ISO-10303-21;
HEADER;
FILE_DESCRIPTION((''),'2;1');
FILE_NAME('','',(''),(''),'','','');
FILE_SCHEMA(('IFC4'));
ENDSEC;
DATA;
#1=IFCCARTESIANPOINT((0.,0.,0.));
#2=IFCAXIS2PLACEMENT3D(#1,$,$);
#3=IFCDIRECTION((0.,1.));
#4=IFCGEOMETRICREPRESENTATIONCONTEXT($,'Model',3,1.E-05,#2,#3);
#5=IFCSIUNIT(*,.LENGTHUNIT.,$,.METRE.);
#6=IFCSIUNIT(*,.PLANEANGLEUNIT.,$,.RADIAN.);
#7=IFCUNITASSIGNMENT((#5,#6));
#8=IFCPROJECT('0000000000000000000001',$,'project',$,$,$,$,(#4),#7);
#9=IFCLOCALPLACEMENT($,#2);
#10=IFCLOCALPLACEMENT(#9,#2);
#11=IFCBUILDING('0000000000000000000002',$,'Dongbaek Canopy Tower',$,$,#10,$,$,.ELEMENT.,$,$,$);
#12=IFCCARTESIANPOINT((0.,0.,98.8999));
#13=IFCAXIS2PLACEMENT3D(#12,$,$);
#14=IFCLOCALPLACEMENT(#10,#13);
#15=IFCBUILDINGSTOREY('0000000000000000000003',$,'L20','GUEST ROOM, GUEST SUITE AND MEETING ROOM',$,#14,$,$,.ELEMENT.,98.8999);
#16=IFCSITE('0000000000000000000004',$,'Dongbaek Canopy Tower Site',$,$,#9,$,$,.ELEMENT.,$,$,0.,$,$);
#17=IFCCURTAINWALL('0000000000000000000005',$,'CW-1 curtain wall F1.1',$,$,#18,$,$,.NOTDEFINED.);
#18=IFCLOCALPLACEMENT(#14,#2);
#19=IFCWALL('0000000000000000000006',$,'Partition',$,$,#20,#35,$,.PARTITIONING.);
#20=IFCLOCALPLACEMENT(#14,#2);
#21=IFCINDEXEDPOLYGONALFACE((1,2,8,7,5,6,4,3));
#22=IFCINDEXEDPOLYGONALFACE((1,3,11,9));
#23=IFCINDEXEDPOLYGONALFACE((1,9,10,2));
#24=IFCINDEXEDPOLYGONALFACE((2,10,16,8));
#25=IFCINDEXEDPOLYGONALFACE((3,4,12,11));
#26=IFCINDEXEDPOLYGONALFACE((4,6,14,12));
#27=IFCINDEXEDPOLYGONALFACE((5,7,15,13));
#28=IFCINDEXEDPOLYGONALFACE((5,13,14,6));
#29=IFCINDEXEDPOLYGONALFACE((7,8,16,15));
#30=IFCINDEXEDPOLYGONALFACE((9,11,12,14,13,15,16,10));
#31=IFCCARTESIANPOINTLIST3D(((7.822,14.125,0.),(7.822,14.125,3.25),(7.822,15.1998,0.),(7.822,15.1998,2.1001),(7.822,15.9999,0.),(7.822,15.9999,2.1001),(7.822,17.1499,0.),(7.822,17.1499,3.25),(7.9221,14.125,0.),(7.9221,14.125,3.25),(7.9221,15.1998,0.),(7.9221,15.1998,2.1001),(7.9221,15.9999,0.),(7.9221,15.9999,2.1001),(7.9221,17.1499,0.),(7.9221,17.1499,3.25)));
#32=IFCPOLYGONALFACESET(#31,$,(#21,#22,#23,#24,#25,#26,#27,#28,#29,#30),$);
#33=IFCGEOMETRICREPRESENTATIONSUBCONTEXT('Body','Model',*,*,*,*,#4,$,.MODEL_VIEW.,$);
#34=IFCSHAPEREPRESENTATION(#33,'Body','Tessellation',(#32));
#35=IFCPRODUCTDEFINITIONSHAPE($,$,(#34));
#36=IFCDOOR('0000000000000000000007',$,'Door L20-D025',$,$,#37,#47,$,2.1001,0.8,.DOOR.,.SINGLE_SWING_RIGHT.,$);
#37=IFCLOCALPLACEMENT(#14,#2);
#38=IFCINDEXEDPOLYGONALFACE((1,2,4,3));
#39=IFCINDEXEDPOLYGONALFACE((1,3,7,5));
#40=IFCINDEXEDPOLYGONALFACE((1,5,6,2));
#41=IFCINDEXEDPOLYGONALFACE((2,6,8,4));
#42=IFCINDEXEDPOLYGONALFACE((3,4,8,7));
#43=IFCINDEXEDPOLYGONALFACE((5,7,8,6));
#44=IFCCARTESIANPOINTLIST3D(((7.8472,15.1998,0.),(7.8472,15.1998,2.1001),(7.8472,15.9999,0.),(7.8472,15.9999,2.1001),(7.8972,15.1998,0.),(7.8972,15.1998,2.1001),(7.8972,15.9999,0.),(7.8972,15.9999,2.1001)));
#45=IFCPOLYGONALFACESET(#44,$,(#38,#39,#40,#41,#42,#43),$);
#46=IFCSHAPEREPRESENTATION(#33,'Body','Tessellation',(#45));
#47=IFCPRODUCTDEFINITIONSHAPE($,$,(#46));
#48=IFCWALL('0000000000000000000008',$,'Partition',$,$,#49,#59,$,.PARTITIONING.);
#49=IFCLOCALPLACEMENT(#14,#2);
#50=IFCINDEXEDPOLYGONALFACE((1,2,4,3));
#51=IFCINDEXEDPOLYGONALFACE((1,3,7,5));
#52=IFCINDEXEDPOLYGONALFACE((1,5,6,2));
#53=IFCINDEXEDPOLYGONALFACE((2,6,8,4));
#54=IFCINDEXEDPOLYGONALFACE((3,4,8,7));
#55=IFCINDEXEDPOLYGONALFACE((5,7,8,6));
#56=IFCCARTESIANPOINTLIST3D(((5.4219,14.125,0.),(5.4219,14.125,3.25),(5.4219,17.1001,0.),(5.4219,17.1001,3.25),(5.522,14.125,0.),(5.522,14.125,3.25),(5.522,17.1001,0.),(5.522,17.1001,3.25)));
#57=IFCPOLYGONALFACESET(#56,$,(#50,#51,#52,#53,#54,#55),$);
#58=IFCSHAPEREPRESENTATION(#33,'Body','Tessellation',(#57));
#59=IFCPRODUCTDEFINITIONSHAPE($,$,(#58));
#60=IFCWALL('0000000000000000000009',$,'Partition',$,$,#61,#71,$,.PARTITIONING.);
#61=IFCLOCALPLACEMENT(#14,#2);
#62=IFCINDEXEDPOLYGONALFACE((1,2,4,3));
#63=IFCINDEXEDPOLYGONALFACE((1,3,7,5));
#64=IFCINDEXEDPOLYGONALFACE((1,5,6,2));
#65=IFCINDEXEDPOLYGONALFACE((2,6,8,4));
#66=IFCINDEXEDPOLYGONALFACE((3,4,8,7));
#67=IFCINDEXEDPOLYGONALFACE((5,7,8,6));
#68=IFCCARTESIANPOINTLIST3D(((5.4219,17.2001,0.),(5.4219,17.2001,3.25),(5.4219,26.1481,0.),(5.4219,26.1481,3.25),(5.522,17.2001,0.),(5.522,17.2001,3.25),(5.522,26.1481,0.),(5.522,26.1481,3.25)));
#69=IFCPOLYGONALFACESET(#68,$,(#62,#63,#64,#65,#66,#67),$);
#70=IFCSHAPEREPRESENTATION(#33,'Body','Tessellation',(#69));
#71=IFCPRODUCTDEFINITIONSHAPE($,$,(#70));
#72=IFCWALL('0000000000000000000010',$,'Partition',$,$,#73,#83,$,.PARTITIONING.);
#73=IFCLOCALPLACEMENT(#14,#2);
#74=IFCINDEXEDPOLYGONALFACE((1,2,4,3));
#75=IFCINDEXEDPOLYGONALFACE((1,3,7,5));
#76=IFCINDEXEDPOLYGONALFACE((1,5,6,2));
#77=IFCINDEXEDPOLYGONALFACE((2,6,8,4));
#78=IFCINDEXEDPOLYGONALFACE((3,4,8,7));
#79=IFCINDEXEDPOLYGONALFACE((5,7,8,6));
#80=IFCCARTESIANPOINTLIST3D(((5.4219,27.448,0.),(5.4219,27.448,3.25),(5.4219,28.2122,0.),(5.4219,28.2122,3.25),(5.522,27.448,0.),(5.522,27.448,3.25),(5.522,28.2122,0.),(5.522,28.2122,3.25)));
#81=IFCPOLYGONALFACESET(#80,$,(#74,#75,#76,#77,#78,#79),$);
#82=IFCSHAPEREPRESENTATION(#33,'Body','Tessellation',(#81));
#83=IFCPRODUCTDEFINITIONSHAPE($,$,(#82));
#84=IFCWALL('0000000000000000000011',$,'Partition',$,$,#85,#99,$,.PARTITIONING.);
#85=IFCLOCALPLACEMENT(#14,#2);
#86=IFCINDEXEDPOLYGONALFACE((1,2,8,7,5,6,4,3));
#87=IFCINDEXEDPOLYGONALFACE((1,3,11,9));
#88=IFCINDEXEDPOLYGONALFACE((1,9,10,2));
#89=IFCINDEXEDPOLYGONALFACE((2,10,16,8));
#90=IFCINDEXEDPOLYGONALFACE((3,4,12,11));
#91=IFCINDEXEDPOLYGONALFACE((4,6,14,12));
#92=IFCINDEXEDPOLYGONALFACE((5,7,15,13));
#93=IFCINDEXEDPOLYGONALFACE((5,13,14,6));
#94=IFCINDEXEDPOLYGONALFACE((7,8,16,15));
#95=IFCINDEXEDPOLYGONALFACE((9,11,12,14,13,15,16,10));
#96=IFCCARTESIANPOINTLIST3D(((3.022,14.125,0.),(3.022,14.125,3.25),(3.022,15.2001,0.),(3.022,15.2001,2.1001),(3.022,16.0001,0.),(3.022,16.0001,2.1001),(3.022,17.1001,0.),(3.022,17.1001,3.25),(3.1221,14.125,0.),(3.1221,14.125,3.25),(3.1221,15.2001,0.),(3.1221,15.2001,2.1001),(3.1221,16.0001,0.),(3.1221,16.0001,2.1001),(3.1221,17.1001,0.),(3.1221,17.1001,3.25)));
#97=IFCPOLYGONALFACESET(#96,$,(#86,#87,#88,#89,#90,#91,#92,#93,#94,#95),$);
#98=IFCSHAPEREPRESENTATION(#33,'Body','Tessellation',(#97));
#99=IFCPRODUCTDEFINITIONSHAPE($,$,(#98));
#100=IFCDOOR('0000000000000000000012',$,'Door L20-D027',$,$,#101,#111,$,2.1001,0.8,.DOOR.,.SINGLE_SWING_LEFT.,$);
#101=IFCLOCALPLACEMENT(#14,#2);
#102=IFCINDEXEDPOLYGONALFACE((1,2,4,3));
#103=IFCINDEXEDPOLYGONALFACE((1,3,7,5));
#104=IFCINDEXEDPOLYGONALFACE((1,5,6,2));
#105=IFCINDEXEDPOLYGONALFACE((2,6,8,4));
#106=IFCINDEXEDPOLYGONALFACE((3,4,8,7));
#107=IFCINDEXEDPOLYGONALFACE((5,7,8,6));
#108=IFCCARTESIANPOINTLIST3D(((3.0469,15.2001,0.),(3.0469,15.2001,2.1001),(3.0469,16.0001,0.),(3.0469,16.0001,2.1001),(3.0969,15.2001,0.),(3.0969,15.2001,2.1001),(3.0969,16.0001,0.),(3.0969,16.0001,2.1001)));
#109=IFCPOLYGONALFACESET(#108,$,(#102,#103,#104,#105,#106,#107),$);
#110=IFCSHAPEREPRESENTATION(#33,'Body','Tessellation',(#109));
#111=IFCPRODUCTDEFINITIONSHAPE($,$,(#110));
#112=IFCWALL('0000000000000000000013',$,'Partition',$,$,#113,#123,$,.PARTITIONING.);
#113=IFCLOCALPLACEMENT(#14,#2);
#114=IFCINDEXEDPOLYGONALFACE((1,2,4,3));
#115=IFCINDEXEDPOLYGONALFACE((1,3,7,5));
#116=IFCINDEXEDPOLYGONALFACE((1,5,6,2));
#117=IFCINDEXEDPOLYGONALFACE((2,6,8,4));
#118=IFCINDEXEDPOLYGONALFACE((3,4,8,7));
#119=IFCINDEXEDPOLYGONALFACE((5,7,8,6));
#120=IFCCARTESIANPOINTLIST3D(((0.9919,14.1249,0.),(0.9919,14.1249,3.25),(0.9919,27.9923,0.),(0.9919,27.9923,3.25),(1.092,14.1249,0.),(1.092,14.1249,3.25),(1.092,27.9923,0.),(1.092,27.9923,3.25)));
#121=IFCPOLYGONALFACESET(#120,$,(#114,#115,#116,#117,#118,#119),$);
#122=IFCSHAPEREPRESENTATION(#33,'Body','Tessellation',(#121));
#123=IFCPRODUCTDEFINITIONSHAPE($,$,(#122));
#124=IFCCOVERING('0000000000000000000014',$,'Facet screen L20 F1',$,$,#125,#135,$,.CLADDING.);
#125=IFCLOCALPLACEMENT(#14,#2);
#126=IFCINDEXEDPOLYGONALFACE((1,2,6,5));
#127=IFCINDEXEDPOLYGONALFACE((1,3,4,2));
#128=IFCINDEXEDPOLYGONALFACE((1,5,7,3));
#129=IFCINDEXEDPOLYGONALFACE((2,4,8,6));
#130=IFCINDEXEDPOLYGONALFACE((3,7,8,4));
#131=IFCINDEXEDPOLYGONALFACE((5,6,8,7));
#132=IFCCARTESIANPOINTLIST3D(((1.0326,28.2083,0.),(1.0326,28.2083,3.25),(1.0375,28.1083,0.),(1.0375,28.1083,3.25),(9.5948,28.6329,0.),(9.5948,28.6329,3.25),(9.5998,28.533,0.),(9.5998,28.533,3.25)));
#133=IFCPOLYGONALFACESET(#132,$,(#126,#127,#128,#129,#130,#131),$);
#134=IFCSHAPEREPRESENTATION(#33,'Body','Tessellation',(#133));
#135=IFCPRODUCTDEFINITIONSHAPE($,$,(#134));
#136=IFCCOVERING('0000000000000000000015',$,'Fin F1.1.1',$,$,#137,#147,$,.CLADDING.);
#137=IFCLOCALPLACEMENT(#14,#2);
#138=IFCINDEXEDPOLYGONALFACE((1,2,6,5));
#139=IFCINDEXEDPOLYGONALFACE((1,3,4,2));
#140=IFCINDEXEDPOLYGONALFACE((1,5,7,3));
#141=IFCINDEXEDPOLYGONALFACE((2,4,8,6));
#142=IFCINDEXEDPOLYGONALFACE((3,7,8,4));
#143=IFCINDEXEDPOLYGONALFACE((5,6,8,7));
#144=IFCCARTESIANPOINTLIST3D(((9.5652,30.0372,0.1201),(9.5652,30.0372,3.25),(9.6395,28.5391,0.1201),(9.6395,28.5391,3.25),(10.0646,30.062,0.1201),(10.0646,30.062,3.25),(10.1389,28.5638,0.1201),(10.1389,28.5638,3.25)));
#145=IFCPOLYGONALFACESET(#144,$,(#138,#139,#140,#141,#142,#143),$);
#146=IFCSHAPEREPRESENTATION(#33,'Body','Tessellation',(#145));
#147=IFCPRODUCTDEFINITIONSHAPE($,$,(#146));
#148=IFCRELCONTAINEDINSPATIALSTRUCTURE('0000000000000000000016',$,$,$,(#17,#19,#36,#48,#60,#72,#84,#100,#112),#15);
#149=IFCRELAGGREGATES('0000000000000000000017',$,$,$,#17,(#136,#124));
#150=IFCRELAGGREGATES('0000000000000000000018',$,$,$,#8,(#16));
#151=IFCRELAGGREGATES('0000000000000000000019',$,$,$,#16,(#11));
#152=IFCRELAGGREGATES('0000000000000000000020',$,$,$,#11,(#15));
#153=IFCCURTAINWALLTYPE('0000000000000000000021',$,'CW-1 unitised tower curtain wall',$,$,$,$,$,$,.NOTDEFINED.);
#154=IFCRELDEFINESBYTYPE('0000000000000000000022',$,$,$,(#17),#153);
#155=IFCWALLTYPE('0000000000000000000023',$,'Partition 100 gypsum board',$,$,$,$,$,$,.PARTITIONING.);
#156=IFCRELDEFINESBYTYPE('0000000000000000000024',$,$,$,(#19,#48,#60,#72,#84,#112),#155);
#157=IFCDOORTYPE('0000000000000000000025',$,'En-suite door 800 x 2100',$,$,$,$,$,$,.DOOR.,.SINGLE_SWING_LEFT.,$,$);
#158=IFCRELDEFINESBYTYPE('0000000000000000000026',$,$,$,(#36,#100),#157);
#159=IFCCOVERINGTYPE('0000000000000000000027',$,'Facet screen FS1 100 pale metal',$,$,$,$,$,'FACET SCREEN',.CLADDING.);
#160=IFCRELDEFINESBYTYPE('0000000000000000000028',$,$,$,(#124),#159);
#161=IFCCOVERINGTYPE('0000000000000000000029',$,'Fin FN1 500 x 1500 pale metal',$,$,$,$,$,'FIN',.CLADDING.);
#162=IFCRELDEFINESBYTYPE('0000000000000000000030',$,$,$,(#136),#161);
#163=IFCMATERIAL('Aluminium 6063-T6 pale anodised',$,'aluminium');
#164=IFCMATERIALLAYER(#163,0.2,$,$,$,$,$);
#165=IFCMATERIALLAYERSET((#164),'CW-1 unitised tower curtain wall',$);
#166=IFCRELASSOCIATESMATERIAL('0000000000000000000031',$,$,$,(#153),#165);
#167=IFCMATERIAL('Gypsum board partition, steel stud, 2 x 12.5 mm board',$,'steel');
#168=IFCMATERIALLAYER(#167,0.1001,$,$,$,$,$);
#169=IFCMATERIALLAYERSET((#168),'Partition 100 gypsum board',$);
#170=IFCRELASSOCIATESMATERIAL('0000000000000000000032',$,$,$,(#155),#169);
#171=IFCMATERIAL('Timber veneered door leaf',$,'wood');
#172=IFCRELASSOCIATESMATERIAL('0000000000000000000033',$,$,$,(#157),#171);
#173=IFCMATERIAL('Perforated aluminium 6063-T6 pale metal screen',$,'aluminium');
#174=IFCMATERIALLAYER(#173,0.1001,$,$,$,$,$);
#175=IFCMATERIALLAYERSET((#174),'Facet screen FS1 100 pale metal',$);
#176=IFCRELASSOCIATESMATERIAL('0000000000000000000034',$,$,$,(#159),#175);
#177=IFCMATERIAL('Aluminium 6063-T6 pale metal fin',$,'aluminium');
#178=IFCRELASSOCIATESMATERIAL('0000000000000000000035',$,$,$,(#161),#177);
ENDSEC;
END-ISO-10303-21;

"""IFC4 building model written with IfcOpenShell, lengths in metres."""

from ifc_helpers import new_model, si_unit, direction, frame, frame_2d, origin, origin_2d, place, context, subcontext, project, spatial, rectangle, extrude, material, layer, layer_set, material_profile, profile_set, type_object, element, fill, aggregate, save


model = new_model("IFC4")

# Units and contexts
model_context = context("Model", 3, precision=1e-05, world=origin(), true_north=direction((0.0, 1.0)))
body_context = subcontext(model_context, "Body", "Model", "MODEL_VIEW")
ifc_project = project(units=[si_unit("LENGTHUNIT", "METRE"), si_unit("PLANEANGLEUNIT", "RADIAN")], contexts=[model_context])

# Site, building, storey
site_placement = place(None, origin())
site = spatial("IfcSite", under=ifc_project, at=site_placement, Name="Dongbaek Canopy Tower Site", CompositionType="ELEMENT", RefElevation=0.0)
building_placement = place(site_placement, origin())
building = spatial("IfcBuilding", under=site, at=building_placement, Name="Dongbaek Canopy Tower", CompositionType="ELEMENT")
storey_placement = place(building_placement, frame((0.0, 0.0, 98.8999)))
storey = spatial("IfcBuildingStorey", under=building, at=storey_placement, Name="L20", Description="GUEST ROOM, GUEST SUITE AND MEETING ROOM", CompositionType="ELEMENT", Elevation=98.8999)

# Curtain wall
ifc_material_1 = material(Name="Aluminium 6063-T6 pale anodised", Category="aluminium")
ifc_layer_1 = layer(ifc_material_1, 0.2)
ifc_layer_set_1 = layer_set([ifc_layer_1], Name="CW-1 unitised tower curtain wall")
curtain_wall_type = type_object("IfcCurtainWallType", Name="CW-1 unitised tower curtain wall", PredefinedType="NOTDEFINED", material=ifc_layer_set_1)
curtain_wall_1_placement = place(storey_placement, origin())
curtain_wall_1 = element("IfcCurtainWall", 1, at=curtain_wall_1_placement, inside=storey, type_object=curtain_wall_type, Name="CW-1 curtain wall F1.1", PredefinedType="NOTDEFINED")

# Shared definitions
ifc_material_2 = material(Name="Gypsum board partition, steel stud, 2 x 12.5 mm board", Category="steel")
ifc_layer_2 = layer(ifc_material_2, 0.1001)
ifc_layer_set_2 = layer_set([ifc_layer_2], Name="Partition 100 gypsum board")
wall_type_1 = type_object("IfcWallType", Name="Partition 100 gypsum board", PredefinedType="PARTITIONING", material=ifc_layer_set_2)

# Wall, opening, door
wall_1_placement = place(storey_placement, frame((7.8721, 14.125, 0.0), z_axis=(0.0, 0.0, 1.0), x_axis=(0.0, 1.0, 0.0)))
wall_1 = element("IfcWall", 2, at=wall_1_placement, inside=storey, type_object=wall_type_1, Name="Partition", PredefinedType="PARTITIONING", context=body_context, shape_type="SweptSolid", body=[
    extrude(rectangle(XDim=3.0249, YDim=0.1001, at=frame_2d((1.5125, 0.0))), origin(), (0.0, 0.0, 1.0), 3.25),
])
opening_1_placement = place(wall_1_placement, frame((1.075, 0.0, 0.0)))
opening_1 = element("IfcOpeningElement", 3, at=opening_1_placement, cuts=wall_1, PredefinedType="OPENING", context=body_context, shape_type="SweptSolid", body=[
    extrude(rectangle(XDim=0.8, YDim=2.1001, at=frame_2d((0.3999, 1.05))), frame((0.0, 0.0601, 0.0), z_axis=(0.0, -1.0, 0.0), x_axis=(1.0, 0.0, 0.0)), (0.0, 0.0, 1.0), 0.1201),
])
ifc_material_3 = material(Name="Timber veneered door leaf", Category="wood")
door_type_1 = type_object("IfcDoorType", Name="En-suite door 800 x 2100", OperationType="SINGLE_SWING_LEFT", PredefinedType="DOOR", material=ifc_material_3)
door_1_placement = place(opening_1_placement, origin())
door_1 = element("IfcDoor", 4, at=door_1_placement, inside=storey, type_object=door_type_1, Name="Door L20-D025", OperationType="SINGLE_SWING_RIGHT", OverallHeight=2.1001, OverallWidth=0.8, PredefinedType="DOOR", context=body_context, shape_type="SweptSolid", body=[
    extrude(rectangle(XDim=0.8, YDim=2.1001, at=frame_2d((0.3999, 1.05))), frame((0.0, 0.0249, 0.0), z_axis=(0.0, -1.0, 0.0), x_axis=(1.0, 0.0, 0.0)), (0.0, 0.0, 1.0), 0.05),
])
fill(opening_1, door_1)

# Walls
wall_2_placement = place(storey_placement, frame((5.4719, 14.125, 0.0), z_axis=(0.0, 0.0, 1.0), x_axis=(0.0, 1.0, 0.0)))
element("IfcWall", 5, at=wall_2_placement, inside=storey, type_object=wall_type_1, Name="Partition", PredefinedType="PARTITIONING", context=body_context, shape_type="SweptSolid", body=[
    extrude(rectangle(XDim=2.9751, YDim=0.1001, at=frame_2d((1.4875, 0.0))), origin(), (0.0, 0.0, 1.0), 3.25),
])
wall_3_placement = place(storey_placement, frame((5.4719, 17.2, 0.0), z_axis=(0.0, 0.0, 1.0), x_axis=(0.0, 1.0, 0.0)))
element("IfcWall", 6, at=wall_3_placement, inside=storey, type_object=wall_type_1, Name="Partition", PredefinedType="PARTITIONING", context=body_context, shape_type="SweptSolid", body=[
    extrude(rectangle(XDim=8.948, YDim=0.1001, at=frame_2d((4.4741, 0.0))), origin(), (0.0, 0.0, 1.0), 3.25),
])
wall_4_placement = place(storey_placement, frame((5.4719, 27.448, 0.0), z_axis=(0.0, 0.0, 1.0), x_axis=(0.0, 1.0, 0.0)))
element("IfcWall", 7, at=wall_4_placement, inside=storey, type_object=wall_type_1, Name="Partition", PredefinedType="PARTITIONING", context=body_context, shape_type="SweptSolid", body=[
    extrude(rectangle(XDim=0.7642, YDim=0.1001, at=frame_2d((0.3821, 0.0))), origin(), (0.0, 0.0, 1.0), 3.25),
])

# Wall, opening, door
wall_5_placement = place(storey_placement, frame((3.072, 17.1001, 0.0), z_axis=(0.0, 0.0, 1.0), x_axis=(0.0, -1.0, 0.0)))
wall_5 = element("IfcWall", 8, at=wall_5_placement, inside=storey, type_object=wall_type_1, Name="Partition", PredefinedType="PARTITIONING", context=body_context, shape_type="SweptSolid", body=[
    extrude(rectangle(XDim=2.9751, YDim=0.1001, at=frame_2d((1.4875, 0.0))), origin(), (0.0, 0.0, 1.0), 3.25),
])
opening_2_placement = place(wall_5_placement, frame((1.1001, 0.0, 0.0)))
opening_2 = element("IfcOpeningElement", 9, at=opening_2_placement, cuts=wall_5, PredefinedType="OPENING", context=body_context, shape_type="SweptSolid", body=[
    extrude(rectangle(XDim=0.8, YDim=2.1001, at=frame_2d((0.3999, 1.05))), frame((0.0, 0.0601, 0.0), z_axis=(0.0, -1.0, 0.0), x_axis=(1.0, 0.0, 0.0)), (0.0, 0.0, 1.0), 0.1201),
])
door_2_placement = place(opening_2_placement, origin())
door_2 = element("IfcDoor", 10, at=door_2_placement, inside=storey, type_object=door_type_1, Name="Door L20-D027", OperationType="SINGLE_SWING_LEFT", OverallHeight=2.1001, OverallWidth=0.8, PredefinedType="DOOR", context=body_context, shape_type="SweptSolid", body=[
    extrude(rectangle(XDim=0.8, YDim=2.1001, at=frame_2d((0.3999, 1.05))), frame((0.0, 0.0249, 0.0), z_axis=(0.0, -1.0, 0.0), x_axis=(1.0, 0.0, 0.0)), (0.0, 0.0, 1.0), 0.05),
])
fill(opening_2, door_2)

# Wall
wall_6_placement = place(storey_placement, frame((1.042, 14.125, 0.0), z_axis=(0.0, 0.0, 1.0), x_axis=(0.0, 1.0, 0.0)))
element("IfcWall", 11, at=wall_6_placement, inside=storey, type_object=wall_type_1, Name="Partition", PredefinedType="PARTITIONING", context=body_context, shape_type="SweptSolid", body=[
    extrude(rectangle(XDim=13.8674, YDim=0.1001, at=frame_2d((6.9336, 0.0))), origin(), (0.0, 0.0, 1.0), 3.25),
])

# Coverings
ifc_material_4 = material(Name="Perforated aluminium 6063-T6 pale metal screen", Category="aluminium")
ifc_layer_3 = layer(ifc_material_4, 0.1001)
ifc_layer_set_3 = layer_set([ifc_layer_3], Name="Facet screen FS1 100 pale metal")
covering_type_1 = type_object("IfcCoveringType", Name="Facet screen FS1 100 pale metal", ElementType="FACET SCREEN", PredefinedType="CLADDING", material=ifc_layer_set_3)
covering_1_placement = place(storey_placement, frame((5.3162, 28.3706, 0.0), z_axis=(0.0, 0.0, 1.0), x_axis=(-0.998772, -0.049538, 0.0)))
covering_1 = element("IfcCovering", 12, at=covering_1_placement, type_object=covering_type_1, Name="Facet screen L20 F1", PredefinedType="CLADDING", context=body_context, shape_type="SweptSolid", body=[
    extrude(rectangle(XDim=8.5728, YDim=0.1001, at=origin_2d()), origin(), (0.0, 0.0, 1.0), 3.25),
])
ifc_material_5 = material(Name="Aluminium 6063-T6 pale metal fin", Category="aluminium")
ifc_material_profile_1 = material_profile(ifc_material_5, rectangle(XDim=1.5, YDim=0.5, at=origin_2d()), Name="Fin FN1 500 x 1500 pale metal")
ifc_profile_set_1 = profile_set([ifc_material_profile_1], Name="Aluminium 6063-T6 pale metal fin")
covering_type_2 = type_object("IfcCoveringType", Name="Fin FN1 500 x 1500 pale metal", ElementType="FIN", PredefinedType="CLADDING", material=ifc_profile_set_1)
covering_2_placement = place(storey_placement, frame((9.8521, 29.3005, 0.1201), z_axis=(0.0, 0.0, 1.0), x_axis=(-0.049538, 0.998772, 0.0)))
covering_2 = element("IfcCovering", 13, at=covering_2_placement, type_object=covering_type_2, Name="Fin F1.1.1", PredefinedType="CLADDING", context=body_context, shape_type="SweptSolid", body=[
    extrude(rectangle(XDim=1.5, YDim=0.5, at=origin_2d()), origin(), (0.0, 0.0, 1.0), 3.1299),
])
aggregate(curtain_wall_1, [covering_2, covering_1])

save(model, "model.ifc")
